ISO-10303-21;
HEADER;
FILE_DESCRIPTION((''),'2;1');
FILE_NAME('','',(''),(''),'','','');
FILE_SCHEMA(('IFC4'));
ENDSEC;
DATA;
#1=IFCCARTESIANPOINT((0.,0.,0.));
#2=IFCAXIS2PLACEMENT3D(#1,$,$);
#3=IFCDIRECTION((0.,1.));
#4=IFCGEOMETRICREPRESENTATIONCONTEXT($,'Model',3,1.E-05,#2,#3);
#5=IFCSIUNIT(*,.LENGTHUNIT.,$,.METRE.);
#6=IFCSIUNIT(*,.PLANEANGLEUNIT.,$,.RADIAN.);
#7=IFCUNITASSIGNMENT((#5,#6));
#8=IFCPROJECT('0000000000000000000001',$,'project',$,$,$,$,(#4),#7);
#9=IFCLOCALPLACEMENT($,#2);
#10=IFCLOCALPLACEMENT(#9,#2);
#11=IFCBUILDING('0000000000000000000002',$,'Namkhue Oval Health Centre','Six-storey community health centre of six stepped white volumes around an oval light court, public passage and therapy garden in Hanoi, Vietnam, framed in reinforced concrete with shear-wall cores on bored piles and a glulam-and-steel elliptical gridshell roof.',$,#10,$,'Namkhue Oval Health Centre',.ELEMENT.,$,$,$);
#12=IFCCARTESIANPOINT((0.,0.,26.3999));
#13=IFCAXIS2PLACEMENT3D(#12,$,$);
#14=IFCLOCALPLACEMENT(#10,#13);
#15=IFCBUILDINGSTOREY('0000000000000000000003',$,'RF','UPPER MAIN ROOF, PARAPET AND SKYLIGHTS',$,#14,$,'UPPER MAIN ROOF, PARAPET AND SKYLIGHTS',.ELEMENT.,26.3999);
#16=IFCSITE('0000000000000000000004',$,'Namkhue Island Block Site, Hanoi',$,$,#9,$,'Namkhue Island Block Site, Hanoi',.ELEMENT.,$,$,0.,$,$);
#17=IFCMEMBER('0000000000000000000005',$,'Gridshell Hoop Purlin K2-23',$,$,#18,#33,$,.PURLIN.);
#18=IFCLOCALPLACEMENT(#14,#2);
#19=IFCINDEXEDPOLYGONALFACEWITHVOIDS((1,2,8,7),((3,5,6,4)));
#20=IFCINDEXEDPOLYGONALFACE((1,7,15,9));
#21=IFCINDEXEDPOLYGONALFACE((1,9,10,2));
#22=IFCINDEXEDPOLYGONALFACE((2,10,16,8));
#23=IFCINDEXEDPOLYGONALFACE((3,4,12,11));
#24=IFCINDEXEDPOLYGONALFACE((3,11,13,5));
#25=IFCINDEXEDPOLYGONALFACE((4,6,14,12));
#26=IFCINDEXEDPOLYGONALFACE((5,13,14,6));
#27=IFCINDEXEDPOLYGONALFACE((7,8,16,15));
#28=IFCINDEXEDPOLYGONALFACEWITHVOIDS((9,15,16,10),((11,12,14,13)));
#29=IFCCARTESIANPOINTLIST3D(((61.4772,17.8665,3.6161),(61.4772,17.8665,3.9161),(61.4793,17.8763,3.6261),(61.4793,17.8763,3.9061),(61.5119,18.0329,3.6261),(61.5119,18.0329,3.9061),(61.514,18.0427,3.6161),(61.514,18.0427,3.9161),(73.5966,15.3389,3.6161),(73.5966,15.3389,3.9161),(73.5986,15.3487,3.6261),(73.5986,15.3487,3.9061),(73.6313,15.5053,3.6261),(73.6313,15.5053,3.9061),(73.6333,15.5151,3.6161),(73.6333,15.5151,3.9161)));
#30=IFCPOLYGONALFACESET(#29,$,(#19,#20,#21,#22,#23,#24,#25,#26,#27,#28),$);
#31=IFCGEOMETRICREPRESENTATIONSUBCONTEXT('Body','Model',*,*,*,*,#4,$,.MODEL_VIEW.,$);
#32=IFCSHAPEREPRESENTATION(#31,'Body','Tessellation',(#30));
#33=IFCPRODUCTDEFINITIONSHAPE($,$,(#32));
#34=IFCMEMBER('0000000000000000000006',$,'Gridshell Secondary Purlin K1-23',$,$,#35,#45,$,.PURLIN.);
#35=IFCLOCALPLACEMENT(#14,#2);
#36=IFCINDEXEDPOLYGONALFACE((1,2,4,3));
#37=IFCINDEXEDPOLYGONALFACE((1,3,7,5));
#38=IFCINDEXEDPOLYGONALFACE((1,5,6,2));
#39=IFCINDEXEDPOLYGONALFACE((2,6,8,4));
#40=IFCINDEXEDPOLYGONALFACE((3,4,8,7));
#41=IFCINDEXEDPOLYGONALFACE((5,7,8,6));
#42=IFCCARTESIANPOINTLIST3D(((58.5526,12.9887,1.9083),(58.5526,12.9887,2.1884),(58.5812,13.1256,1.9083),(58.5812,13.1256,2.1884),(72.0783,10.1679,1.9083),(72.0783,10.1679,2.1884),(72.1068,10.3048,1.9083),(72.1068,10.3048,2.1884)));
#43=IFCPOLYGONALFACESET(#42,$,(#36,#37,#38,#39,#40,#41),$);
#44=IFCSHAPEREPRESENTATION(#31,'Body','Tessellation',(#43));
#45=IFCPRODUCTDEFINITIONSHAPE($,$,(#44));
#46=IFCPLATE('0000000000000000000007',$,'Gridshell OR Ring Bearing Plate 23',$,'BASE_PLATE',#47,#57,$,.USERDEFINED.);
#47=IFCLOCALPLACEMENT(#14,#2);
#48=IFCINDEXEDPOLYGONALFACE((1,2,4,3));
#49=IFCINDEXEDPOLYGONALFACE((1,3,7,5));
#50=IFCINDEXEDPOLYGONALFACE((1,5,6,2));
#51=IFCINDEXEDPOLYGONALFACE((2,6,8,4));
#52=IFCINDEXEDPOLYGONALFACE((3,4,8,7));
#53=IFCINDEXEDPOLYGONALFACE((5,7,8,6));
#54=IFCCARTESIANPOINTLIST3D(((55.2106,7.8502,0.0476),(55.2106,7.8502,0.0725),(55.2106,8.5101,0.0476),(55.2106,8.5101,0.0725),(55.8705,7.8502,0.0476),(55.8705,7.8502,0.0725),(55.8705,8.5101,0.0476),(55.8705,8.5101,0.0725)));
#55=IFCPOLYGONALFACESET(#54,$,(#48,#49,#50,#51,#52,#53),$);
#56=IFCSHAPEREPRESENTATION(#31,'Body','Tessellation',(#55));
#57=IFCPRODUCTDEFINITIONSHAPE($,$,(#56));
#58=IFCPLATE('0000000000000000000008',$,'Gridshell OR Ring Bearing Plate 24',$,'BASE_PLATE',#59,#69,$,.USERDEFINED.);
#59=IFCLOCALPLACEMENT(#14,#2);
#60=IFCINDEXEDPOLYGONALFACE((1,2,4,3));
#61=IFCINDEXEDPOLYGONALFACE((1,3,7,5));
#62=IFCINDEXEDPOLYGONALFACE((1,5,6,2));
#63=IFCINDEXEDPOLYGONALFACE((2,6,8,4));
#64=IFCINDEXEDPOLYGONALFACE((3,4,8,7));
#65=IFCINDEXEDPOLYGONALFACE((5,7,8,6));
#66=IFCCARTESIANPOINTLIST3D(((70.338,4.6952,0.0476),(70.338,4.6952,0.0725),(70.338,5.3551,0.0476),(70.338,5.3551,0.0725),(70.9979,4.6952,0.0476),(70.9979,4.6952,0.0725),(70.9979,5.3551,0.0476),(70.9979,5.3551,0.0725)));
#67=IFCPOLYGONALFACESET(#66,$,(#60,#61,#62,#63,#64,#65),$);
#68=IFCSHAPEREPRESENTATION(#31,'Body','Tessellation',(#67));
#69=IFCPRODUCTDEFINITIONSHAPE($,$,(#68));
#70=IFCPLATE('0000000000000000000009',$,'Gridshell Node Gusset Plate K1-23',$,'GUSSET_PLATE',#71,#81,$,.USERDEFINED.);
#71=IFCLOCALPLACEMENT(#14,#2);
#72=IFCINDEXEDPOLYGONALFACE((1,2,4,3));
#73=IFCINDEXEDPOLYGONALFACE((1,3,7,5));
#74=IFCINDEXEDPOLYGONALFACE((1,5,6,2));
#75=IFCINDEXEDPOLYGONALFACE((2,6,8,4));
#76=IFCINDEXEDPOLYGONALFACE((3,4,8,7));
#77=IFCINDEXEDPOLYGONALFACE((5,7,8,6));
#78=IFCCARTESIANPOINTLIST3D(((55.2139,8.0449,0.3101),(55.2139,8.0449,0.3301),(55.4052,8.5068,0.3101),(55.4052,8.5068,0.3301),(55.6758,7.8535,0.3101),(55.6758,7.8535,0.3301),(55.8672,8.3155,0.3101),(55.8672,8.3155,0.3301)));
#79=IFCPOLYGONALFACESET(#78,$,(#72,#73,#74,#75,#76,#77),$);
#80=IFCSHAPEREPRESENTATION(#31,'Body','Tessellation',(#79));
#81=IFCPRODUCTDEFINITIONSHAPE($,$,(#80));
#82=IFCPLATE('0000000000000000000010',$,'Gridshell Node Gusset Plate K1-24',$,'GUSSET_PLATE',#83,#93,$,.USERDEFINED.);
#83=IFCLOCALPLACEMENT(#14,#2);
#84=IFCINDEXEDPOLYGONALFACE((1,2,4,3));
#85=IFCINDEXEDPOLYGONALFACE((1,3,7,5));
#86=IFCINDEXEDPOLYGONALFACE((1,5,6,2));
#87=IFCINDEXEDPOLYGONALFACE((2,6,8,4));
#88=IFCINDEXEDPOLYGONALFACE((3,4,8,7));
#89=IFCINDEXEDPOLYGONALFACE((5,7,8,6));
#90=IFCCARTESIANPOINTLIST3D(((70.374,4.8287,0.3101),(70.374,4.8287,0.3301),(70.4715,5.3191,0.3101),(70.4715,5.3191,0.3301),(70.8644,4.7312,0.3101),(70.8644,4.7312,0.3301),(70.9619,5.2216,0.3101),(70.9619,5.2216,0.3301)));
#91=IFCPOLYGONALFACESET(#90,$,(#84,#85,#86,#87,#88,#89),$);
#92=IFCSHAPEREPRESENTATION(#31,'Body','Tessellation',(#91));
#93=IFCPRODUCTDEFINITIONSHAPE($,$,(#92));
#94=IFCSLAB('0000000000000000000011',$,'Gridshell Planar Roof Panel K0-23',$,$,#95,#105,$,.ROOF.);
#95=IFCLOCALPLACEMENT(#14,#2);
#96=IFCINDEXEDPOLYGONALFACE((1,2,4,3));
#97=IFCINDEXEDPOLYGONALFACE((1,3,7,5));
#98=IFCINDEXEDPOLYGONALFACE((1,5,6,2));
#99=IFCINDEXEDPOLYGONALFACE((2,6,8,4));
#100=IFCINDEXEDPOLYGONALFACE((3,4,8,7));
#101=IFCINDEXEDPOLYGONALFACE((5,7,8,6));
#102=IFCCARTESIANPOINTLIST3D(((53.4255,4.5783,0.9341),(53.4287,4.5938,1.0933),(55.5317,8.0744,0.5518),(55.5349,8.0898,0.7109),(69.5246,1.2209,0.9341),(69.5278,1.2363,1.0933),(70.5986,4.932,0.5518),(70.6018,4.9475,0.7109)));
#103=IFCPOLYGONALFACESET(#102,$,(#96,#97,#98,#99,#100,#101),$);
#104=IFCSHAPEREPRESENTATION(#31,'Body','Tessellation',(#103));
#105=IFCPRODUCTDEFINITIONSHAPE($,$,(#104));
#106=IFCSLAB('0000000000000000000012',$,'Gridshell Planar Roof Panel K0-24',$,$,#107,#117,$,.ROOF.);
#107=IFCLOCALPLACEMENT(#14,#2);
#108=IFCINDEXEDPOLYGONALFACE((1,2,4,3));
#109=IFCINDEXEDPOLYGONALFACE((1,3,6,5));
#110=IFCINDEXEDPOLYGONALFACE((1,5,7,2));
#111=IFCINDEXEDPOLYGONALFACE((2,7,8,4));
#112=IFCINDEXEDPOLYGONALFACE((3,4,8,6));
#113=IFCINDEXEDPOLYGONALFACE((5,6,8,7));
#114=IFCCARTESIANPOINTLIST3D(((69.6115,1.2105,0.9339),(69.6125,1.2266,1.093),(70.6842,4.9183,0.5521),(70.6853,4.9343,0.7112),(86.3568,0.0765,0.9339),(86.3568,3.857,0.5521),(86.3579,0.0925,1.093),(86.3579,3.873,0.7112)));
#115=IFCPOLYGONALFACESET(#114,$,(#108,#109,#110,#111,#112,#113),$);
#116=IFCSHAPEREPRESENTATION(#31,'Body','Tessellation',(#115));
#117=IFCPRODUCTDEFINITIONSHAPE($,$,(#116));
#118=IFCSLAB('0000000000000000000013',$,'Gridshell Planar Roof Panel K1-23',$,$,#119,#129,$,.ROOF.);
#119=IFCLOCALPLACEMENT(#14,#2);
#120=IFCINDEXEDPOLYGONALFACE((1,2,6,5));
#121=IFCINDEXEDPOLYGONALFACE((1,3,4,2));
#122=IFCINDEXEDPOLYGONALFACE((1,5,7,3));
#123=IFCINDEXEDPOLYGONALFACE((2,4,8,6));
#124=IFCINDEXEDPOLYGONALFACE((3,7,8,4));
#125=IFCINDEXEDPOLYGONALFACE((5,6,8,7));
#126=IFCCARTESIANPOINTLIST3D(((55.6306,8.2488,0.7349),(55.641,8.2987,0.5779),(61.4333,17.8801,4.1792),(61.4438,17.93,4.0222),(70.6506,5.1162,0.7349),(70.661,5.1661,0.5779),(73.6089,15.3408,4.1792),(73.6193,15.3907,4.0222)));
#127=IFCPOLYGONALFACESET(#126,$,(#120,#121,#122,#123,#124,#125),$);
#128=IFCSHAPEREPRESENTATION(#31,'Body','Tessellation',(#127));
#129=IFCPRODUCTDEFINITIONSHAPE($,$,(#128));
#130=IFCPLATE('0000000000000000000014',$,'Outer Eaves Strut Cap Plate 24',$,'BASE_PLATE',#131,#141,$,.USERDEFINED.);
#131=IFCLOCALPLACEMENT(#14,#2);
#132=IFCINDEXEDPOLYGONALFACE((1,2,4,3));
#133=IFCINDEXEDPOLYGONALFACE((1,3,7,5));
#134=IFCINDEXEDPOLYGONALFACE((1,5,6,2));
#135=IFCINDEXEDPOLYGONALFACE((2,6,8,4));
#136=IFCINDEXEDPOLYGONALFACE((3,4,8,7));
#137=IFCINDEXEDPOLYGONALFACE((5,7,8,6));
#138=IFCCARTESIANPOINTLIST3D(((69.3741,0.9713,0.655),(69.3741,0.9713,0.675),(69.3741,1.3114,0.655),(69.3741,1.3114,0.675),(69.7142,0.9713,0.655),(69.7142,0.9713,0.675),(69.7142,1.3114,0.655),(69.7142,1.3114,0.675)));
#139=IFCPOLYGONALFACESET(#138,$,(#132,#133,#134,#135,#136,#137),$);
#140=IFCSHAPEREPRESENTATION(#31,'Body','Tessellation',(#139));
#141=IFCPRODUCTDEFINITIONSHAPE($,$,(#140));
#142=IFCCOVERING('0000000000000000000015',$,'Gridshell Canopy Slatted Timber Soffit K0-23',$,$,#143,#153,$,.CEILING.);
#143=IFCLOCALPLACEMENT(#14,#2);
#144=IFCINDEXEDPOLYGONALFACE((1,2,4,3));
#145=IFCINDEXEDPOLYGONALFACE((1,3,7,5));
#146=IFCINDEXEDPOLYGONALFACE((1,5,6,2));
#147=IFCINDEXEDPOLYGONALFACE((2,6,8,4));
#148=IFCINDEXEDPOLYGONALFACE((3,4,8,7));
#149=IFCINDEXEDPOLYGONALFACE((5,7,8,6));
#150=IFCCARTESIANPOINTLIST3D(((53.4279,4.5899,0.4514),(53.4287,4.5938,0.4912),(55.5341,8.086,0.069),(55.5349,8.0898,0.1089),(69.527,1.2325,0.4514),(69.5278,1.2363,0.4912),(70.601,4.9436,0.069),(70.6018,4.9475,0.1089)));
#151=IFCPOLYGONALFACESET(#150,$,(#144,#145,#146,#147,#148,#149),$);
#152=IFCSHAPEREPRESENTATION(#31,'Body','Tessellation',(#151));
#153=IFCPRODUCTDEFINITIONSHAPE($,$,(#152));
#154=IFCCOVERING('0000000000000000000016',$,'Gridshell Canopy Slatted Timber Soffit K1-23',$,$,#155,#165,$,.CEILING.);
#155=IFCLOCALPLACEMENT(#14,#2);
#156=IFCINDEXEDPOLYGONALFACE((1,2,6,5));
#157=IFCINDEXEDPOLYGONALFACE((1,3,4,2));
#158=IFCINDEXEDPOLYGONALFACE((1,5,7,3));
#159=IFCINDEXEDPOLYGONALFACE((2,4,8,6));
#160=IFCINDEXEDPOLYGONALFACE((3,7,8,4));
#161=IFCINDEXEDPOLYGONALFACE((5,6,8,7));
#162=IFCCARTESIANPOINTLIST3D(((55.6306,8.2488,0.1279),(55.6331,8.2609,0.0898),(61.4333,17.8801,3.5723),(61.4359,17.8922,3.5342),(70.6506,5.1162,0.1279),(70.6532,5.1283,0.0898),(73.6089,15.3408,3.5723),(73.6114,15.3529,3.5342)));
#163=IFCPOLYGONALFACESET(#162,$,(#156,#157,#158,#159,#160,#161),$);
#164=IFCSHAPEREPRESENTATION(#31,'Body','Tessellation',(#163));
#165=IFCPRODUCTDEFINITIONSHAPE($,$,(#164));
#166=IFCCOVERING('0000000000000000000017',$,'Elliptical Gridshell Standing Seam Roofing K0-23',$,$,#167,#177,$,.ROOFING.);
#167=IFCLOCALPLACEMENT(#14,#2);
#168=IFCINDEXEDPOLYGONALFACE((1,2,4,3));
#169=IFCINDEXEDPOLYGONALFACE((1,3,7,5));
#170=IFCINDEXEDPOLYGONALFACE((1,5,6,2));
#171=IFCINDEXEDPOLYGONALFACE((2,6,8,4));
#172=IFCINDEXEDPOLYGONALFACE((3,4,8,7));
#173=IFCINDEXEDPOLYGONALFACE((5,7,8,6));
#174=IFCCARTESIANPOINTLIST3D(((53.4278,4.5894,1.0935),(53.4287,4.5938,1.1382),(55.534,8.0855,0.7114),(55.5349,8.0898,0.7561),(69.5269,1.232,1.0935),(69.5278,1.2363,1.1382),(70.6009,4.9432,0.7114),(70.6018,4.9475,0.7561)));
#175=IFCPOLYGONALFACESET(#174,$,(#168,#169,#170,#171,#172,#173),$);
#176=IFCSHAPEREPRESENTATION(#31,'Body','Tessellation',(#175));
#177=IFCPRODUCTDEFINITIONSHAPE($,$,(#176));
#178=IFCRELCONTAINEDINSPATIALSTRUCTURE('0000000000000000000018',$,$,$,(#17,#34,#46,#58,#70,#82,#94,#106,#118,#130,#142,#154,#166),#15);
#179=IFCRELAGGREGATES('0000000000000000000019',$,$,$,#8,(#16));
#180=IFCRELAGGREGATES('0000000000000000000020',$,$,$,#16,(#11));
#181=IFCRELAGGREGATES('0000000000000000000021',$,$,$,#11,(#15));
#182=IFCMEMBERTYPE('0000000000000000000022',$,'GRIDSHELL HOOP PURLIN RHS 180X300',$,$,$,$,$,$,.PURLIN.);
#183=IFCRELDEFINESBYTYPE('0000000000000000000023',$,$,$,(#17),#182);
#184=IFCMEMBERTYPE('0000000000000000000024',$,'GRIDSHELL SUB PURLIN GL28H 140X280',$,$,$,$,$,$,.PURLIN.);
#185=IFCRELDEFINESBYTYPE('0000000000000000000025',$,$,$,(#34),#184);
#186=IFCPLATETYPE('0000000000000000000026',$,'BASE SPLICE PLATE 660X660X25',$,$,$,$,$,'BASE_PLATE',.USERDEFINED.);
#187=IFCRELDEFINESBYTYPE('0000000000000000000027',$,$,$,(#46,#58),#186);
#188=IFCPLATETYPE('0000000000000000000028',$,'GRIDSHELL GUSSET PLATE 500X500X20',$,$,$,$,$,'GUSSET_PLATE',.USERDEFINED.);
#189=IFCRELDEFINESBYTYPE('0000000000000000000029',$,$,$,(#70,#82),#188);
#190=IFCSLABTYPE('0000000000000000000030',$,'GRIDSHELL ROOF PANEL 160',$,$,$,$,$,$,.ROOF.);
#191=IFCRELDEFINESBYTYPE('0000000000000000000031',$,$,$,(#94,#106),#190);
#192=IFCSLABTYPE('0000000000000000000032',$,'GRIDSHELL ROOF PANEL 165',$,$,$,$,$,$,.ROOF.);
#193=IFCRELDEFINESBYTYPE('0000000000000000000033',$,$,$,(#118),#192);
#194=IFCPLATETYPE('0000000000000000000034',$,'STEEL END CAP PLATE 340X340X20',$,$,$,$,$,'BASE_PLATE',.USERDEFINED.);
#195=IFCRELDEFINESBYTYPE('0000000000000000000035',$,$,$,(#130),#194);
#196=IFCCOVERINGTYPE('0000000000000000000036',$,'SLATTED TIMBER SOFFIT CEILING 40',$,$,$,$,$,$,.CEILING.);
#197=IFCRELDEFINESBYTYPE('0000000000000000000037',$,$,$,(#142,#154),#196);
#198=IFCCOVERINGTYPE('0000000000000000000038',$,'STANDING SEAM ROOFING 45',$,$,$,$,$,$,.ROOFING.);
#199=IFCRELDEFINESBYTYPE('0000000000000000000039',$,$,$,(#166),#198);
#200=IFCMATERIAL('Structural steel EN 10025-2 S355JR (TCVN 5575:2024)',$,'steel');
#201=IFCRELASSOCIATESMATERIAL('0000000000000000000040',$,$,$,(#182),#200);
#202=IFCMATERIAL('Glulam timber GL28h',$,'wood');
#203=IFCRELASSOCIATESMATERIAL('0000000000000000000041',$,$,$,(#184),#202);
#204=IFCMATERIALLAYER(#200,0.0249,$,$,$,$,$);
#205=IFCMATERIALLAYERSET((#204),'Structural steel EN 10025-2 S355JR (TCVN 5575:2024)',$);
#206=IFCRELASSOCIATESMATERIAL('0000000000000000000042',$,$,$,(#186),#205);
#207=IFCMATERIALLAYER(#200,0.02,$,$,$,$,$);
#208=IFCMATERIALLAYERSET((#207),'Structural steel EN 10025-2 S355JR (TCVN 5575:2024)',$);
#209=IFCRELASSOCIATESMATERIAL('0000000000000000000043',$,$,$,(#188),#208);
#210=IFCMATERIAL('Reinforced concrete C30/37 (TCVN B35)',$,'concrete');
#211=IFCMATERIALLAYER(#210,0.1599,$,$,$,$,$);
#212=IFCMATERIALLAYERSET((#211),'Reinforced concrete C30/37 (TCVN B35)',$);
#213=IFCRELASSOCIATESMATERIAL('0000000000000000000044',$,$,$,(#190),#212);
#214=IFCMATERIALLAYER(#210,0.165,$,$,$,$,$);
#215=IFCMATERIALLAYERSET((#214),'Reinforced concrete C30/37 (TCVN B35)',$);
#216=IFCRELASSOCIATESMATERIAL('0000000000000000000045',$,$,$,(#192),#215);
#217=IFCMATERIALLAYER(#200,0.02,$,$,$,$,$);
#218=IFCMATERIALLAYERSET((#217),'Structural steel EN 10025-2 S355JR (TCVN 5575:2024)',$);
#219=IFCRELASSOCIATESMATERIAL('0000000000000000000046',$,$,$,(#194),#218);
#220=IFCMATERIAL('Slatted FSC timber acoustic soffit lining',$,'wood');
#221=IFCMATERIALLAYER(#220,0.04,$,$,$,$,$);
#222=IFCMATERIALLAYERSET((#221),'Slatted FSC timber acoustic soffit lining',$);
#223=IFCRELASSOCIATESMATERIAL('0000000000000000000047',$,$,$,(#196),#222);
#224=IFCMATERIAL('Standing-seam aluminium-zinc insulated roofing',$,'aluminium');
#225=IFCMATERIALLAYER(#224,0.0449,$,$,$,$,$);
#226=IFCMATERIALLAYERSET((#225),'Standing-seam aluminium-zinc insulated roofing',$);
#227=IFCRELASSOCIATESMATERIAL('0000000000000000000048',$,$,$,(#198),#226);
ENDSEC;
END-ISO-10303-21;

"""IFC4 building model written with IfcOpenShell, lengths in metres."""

from ifc_helpers import new_model, si_unit, direction, frame, origin, origin_2d, place, context, subcontext, project, spatial, polyline, rectangle, hollow_rectangle, outline, extrude, material, layer, layer_set, material_profile, profile_set, type_object, element, save


model = new_model("IFC4")

# Units and contexts
model_context = context("Model", 3, precision=1e-05, world=origin(), true_north=direction((0.0, 1.0)))
body_context = subcontext(model_context, "Body", "Model", "MODEL_VIEW")
ifc_project = project(units=[si_unit("LENGTHUNIT", "METRE"), si_unit("PLANEANGLEUNIT", "RADIAN")], contexts=[model_context])

# Site, building, storey
site_placement = place(None, origin())
site = spatial("IfcSite", under=ifc_project, at=site_placement, Name="Namkhue Island Block Site, Hanoi", LongName="Namkhue Island Block Site, Hanoi", CompositionType="ELEMENT", RefElevation=0.0)
building_placement = place(site_placement, origin())
building = spatial("IfcBuilding", under=site, at=building_placement, Name="Namkhue Oval Health Centre", Description="Six-storey community health centre of six stepped white volumes around an oval light court, public passage and therapy garden in Hanoi, Vietnam, framed in reinforced concrete with shear-wall cores on bored piles and a glulam-and-steel elliptical gridshell roof.", LongName="Namkhue Oval Health Centre", CompositionType="ELEMENT")
storey_placement = place(building_placement, frame((0.0, 0.0, 26.3999)))
storey = spatial("IfcBuildingStorey", under=building, at=storey_placement, Name="RF", Description="UPPER MAIN ROOF, PARAPET AND SKYLIGHTS", LongName="UPPER MAIN ROOF, PARAPET AND SKYLIGHTS", CompositionType="ELEMENT", Elevation=26.3999)

# Members
ifc_material_1 = material(Name="Structural steel EN 10025-2 S355JR (TCVN 5575:2024)", Category="steel")
ifc_material_2 = material(Name="Glulam timber GL28h", Category="wood")
ifc_material_profile_1 = material_profile(ifc_material_1, hollow_rectangle(XDim=0.1799, YDim=0.3, WallThickness=0.01, at=origin_2d()), Name="RHS 180x300x10")
ifc_profile_set_1 = profile_set([ifc_material_profile_1], Name="Structural steel EN 10025-2 S355JR (TCVN 5575:2024)")
member_type_1 = type_object("IfcMemberType", Name="GRIDSHELL HOOP PURLIN RHS 180X300", PredefinedType="PURLIN", material=ifc_profile_set_1)
member_1_placement = place(storey_placement, frame((61.4956, 17.9546, 3.7661), z_axis=(0.978937, -0.204165, 0.0), x_axis=(0.204165, 0.978937, 0.0)))
element("IfcMember", 1, at=member_1_placement, inside=storey, type_object=member_type_1, Name="Gridshell Hoop Purlin K2-23", PredefinedType="PURLIN", context=body_context, shape_type="SweptSolid", body=[
    extrude(hollow_rectangle(XDim=0.1799, YDim=0.3, WallThickness=0.01, at=origin_2d()), origin(), (0.0, 0.0, 1.0), 12.3801),
])
ifc_material_profile_2 = material_profile(ifc_material_2, rectangle(XDim=0.1399, YDim=0.28, at=origin_2d()), Name="GL28h 140x280")
ifc_profile_set_2 = profile_set([ifc_material_profile_2], Name="Glulam timber GL28h")
member_type_2 = type_object("IfcMemberType", Name="GRIDSHELL SUB PURLIN GL28H 140X280", PredefinedType="PURLIN", material=ifc_profile_set_2)
member_2_placement = place(storey_placement, frame((58.5669, 13.0571, 2.0483), z_axis=(0.978938, -0.20416, 0.0), x_axis=(0.20416, 0.978938, 0.0)))
element("IfcMember", 2, at=member_2_placement, inside=storey, type_object=member_type_2, Name="Gridshell Secondary Purlin K1-23", PredefinedType="PURLIN", context=body_context, shape_type="SweptSolid", body=[
    extrude(rectangle(XDim=0.1399, YDim=0.28, at=origin_2d()), origin(), (0.0, 0.0, 1.0), 13.8167),
])

# Plates
ifc_layer_1 = layer(ifc_material_1, 0.0249)
ifc_layer_set_1 = layer_set([ifc_layer_1], Name="Structural steel EN 10025-2 S355JR (TCVN 5575:2024)")
plate_type_1 = type_object("IfcPlateType", Name="BASE SPLICE PLATE 660X660X25", ElementType="BASE_PLATE", PredefinedType="USERDEFINED", material=ifc_layer_set_1)
for number, where, z_axis, x_axis, name in (
    (3, (55.5405, 8.1802, 0.0476), (0.0, 0.0, 1.0), (1.0, 0.0, 0.0), "Gridshell OR Ring Bearing Plate 23"),
    (4, (70.668, 5.0251, 0.0476), (0.0, 0.0, 1.0), (1.0, 0.0, 0.0), "Gridshell OR Ring Bearing Plate 24"),
):
    element("IfcPlate", number, at=place(storey_placement, frame(where, z_axis=z_axis, x_axis=x_axis)), inside=storey, type_object=plate_type_1, Name=name, ObjectType="BASE_PLATE", PredefinedType="USERDEFINED", context=body_context, shape_type="SweptSolid", body=[
        extrude(rectangle(XDim=0.6599, YDim=0.6599, at=origin_2d()), origin(), (0.0, 0.0, 1.0), 0.0249),
    ])
ifc_layer_2 = layer(ifc_material_1, 0.02)
ifc_layer_set_2 = layer_set([ifc_layer_2], Name="Structural steel EN 10025-2 S355JR (TCVN 5575:2024)")
plate_type_2 = type_object("IfcPlateType", Name="GRIDSHELL GUSSET PLATE 500X500X20", ElementType="GUSSET_PLATE", PredefinedType="USERDEFINED", material=ifc_layer_set_2)
for number, where, z_axis, x_axis, name in (
    (5, (55.5405, 8.1802, 0.3101), (0.0, 0.0, 1.0), (-0.382683, -0.92388, 0.0), "Gridshell Node Gusset Plate K1-23"),
    (6, (70.668, 5.0251, 0.3101), (0.0, 0.0, 1.0), (-0.19509, -0.980785, 0.0), "Gridshell Node Gusset Plate K1-24"),
):
    element("IfcPlate", number, at=place(storey_placement, frame(where, z_axis=z_axis, x_axis=x_axis)), inside=storey, type_object=plate_type_2, Name=name, ObjectType="GUSSET_PLATE", PredefinedType="USERDEFINED", context=body_context, shape_type="SweptSolid", body=[
        extrude(rectangle(XDim=0.5, YDim=0.5, at=origin_2d()), origin(), (0.0, 0.0, 1.0), 0.02),
    ])

# Slabs
ifc_material_3 = material(Name="Reinforced concrete C30/37 (TCVN B35)", Category="concrete")
ifc_layer_3 = layer(ifc_material_3, 0.1599)
ifc_layer_set_3 = layer_set([ifc_layer_3], Name="Reinforced concrete C30/37 (TCVN B35)")
slab_type_1 = type_object("IfcSlabType", Name="GRIDSHELL ROOF PANEL 160", PredefinedType="ROOF", material=ifc_layer_set_3)
slab_1_placement = place(storey_placement, frame((53.4287, 4.5938, 1.0933), z_axis=(0.020163, 0.096679, 0.995111), x_axis=(0.978939, -0.204155, -0.000001)))
element("IfcSlab", 7, at=slab_1_placement, inside=storey, type_object=slab_type_1, Name="Gridshell Planar Roof Panel K0-23", PredefinedType="ROOF", context=body_context, shape_type="SweptSolid", body=[
    extrude(outline(polyline([(0.0, 0.0), (16.4455, 0.0), (16.7392, 3.8712), (1.3481, 3.8714), (0.0, 0.0)])), origin(), (0.0, 0.0, -1.0), 0.1599),
])
slab_2_placement = place(storey_placement, frame((69.6125, 1.2266, 1.093), z_axis=(0.006805, 0.100489, 0.994915), x_axis=(0.997715, -0.067567, 0.0)))
element("IfcSlab", 8, at=slab_2_placement, inside=storey, type_object=slab_type_1, Name="Gridshell Planar Roof Panel K0-24", PredefinedType="ROOF", context=body_context, shape_type="SweptSolid", body=[
    extrude(outline(polyline([(0.0, 0.0), (16.7837, 0.0), (16.5283, 3.7912), (0.8198, 3.7911), (0.0, 0.0)])), origin(), (0.0, 0.0, -1.0), 0.1599),
])
ifc_layer_4 = layer(ifc_material_3, 0.165)
ifc_layer_set_4 = layer_set([ifc_layer_4], Name="Reinforced concrete C30/37 (TCVN B35)")
slab_type_2 = type_object("IfcSlabType", Name="GRIDSHELL ROOF PANEL 165", PredefinedType="ROOF", material=ifc_layer_set_4)
slab_3_placement = place(storey_placement, frame((55.6306, 8.2488, 0.7349), z_axis=(-0.063023, -0.302182, 0.951165), x_axis=(0.978936, -0.204166, 0.0)))
element("IfcSlab", 9, at=slab_3_placement, inside=storey, type_object=slab_type_2, Name="Gridshell Planar Roof Panel K1-23", PredefinedType="ROOF", context=body_context, shape_type="SweptSolid", body=[
    extrude(outline(polyline([(0.0, 0.0), (15.3432, 0.0), (16.1516, 11.1581), (3.7141, 11.1581), (0.0, 0.0)])), origin(), (0.0, 0.0, -1.0), 0.165),
])

# Plate
ifc_layer_5 = layer(ifc_material_1, 0.02)
ifc_layer_set_5 = layer_set([ifc_layer_5], Name="Structural steel EN 10025-2 S355JR (TCVN 5575:2024)")
plate_type_3 = type_object("IfcPlateType", Name="STEEL END CAP PLATE 340X340X20", ElementType="BASE_PLATE", PredefinedType="USERDEFINED", material=ifc_layer_set_5)
plate_placement = place(storey_placement, frame((69.5442, 1.1414, 0.655), z_axis=(0.0, 0.0, 1.0), x_axis=(1.0, 0.0, 0.0)))
element("IfcPlate", 10, at=plate_placement, inside=storey, type_object=plate_type_3, Name="Outer Eaves Strut Cap Plate 24", ObjectType="BASE_PLATE", PredefinedType="USERDEFINED", context=body_context, shape_type="SweptSolid", body=[
    extrude(rectangle(XDim=0.3401, YDim=0.3401, at=origin_2d()), origin(), (0.0, 0.0, 1.0), 0.02),
])

# Coverings
ifc_material_4 = material(Name="Slatted FSC timber acoustic soffit lining", Category="wood")
ifc_layer_6 = layer(ifc_material_4, 0.04)
ifc_layer_set_6 = layer_set([ifc_layer_6], Name="Slatted FSC timber acoustic soffit lining")
covering_type_1 = type_object("IfcCoveringType", Name="SLATTED TIMBER SOFFIT CEILING 40", PredefinedType="CEILING", material=ifc_layer_set_6)
covering_1_placement = place(storey_placement, frame((53.4287, 4.5938, 0.4912), z_axis=(0.020163, 0.096679, 0.995111), x_axis=(0.978939, -0.204155, -0.000001)))
element("IfcCovering", 11, at=covering_1_placement, inside=storey, type_object=covering_type_1, Name="Gridshell Canopy Slatted Timber Soffit K0-23", PredefinedType="CEILING", context=body_context, shape_type="SweptSolid", body=[
    extrude(outline(polyline([(0.0, 0.0), (16.4455, 0.0), (16.7392, 3.8712), (1.3481, 3.8714), (0.0, 0.0)])), origin(), (0.0, 0.0, -1.0), 0.04),
])
covering_2_placement = place(storey_placement, frame((55.6306, 8.2488, 0.1279), z_axis=(-0.063023, -0.302182, 0.951165), x_axis=(0.978936, -0.204166, 0.0)))
element("IfcCovering", 12, at=covering_2_placement, inside=storey, type_object=covering_type_1, Name="Gridshell Canopy Slatted Timber Soffit K1-23", PredefinedType="CEILING", context=body_context, shape_type="SweptSolid", body=[
    extrude(outline(polyline([(0.0, 0.0), (15.3432, 0.0), (16.1516, 11.1581), (3.7141, 11.1581), (0.0, 0.0)])), origin(), (0.0, 0.0, -1.0), 0.04),
])
ifc_material_5 = material(Name="Standing-seam aluminium-zinc insulated roofing", Category="aluminium")
ifc_layer_7 = layer(ifc_material_5, 0.0449)
ifc_layer_set_7 = layer_set([ifc_layer_7], Name="Standing-seam aluminium-zinc insulated roofing")
covering_type_2 = type_object("IfcCoveringType", Name="STANDING SEAM ROOFING 45", PredefinedType="ROOFING", material=ifc_layer_set_7)
covering_3_placement = place(storey_placement, frame((53.4287, 4.5938, 1.1382), z_axis=(0.02015, 0.096618, 0.995118), x_axis=(0.978939, -0.204155, -0.000001)))
element("IfcCovering", 13, at=covering_3_placement, inside=storey, type_object=covering_type_2, Name="Elliptical Gridshell Standing Seam Roofing K0-23", PredefinedType="ROOFING", context=body_context, shape_type="SweptSolid", body=[
    extrude(outline(polyline([(0.0, 0.0), (16.4455, 0.0), (16.7392, 3.8712), (1.3481, 3.8714), (0.0, 0.0)])), origin(), (0.0, 0.0, -1.0), 0.0449),
])

save(model, "model.ifc")
